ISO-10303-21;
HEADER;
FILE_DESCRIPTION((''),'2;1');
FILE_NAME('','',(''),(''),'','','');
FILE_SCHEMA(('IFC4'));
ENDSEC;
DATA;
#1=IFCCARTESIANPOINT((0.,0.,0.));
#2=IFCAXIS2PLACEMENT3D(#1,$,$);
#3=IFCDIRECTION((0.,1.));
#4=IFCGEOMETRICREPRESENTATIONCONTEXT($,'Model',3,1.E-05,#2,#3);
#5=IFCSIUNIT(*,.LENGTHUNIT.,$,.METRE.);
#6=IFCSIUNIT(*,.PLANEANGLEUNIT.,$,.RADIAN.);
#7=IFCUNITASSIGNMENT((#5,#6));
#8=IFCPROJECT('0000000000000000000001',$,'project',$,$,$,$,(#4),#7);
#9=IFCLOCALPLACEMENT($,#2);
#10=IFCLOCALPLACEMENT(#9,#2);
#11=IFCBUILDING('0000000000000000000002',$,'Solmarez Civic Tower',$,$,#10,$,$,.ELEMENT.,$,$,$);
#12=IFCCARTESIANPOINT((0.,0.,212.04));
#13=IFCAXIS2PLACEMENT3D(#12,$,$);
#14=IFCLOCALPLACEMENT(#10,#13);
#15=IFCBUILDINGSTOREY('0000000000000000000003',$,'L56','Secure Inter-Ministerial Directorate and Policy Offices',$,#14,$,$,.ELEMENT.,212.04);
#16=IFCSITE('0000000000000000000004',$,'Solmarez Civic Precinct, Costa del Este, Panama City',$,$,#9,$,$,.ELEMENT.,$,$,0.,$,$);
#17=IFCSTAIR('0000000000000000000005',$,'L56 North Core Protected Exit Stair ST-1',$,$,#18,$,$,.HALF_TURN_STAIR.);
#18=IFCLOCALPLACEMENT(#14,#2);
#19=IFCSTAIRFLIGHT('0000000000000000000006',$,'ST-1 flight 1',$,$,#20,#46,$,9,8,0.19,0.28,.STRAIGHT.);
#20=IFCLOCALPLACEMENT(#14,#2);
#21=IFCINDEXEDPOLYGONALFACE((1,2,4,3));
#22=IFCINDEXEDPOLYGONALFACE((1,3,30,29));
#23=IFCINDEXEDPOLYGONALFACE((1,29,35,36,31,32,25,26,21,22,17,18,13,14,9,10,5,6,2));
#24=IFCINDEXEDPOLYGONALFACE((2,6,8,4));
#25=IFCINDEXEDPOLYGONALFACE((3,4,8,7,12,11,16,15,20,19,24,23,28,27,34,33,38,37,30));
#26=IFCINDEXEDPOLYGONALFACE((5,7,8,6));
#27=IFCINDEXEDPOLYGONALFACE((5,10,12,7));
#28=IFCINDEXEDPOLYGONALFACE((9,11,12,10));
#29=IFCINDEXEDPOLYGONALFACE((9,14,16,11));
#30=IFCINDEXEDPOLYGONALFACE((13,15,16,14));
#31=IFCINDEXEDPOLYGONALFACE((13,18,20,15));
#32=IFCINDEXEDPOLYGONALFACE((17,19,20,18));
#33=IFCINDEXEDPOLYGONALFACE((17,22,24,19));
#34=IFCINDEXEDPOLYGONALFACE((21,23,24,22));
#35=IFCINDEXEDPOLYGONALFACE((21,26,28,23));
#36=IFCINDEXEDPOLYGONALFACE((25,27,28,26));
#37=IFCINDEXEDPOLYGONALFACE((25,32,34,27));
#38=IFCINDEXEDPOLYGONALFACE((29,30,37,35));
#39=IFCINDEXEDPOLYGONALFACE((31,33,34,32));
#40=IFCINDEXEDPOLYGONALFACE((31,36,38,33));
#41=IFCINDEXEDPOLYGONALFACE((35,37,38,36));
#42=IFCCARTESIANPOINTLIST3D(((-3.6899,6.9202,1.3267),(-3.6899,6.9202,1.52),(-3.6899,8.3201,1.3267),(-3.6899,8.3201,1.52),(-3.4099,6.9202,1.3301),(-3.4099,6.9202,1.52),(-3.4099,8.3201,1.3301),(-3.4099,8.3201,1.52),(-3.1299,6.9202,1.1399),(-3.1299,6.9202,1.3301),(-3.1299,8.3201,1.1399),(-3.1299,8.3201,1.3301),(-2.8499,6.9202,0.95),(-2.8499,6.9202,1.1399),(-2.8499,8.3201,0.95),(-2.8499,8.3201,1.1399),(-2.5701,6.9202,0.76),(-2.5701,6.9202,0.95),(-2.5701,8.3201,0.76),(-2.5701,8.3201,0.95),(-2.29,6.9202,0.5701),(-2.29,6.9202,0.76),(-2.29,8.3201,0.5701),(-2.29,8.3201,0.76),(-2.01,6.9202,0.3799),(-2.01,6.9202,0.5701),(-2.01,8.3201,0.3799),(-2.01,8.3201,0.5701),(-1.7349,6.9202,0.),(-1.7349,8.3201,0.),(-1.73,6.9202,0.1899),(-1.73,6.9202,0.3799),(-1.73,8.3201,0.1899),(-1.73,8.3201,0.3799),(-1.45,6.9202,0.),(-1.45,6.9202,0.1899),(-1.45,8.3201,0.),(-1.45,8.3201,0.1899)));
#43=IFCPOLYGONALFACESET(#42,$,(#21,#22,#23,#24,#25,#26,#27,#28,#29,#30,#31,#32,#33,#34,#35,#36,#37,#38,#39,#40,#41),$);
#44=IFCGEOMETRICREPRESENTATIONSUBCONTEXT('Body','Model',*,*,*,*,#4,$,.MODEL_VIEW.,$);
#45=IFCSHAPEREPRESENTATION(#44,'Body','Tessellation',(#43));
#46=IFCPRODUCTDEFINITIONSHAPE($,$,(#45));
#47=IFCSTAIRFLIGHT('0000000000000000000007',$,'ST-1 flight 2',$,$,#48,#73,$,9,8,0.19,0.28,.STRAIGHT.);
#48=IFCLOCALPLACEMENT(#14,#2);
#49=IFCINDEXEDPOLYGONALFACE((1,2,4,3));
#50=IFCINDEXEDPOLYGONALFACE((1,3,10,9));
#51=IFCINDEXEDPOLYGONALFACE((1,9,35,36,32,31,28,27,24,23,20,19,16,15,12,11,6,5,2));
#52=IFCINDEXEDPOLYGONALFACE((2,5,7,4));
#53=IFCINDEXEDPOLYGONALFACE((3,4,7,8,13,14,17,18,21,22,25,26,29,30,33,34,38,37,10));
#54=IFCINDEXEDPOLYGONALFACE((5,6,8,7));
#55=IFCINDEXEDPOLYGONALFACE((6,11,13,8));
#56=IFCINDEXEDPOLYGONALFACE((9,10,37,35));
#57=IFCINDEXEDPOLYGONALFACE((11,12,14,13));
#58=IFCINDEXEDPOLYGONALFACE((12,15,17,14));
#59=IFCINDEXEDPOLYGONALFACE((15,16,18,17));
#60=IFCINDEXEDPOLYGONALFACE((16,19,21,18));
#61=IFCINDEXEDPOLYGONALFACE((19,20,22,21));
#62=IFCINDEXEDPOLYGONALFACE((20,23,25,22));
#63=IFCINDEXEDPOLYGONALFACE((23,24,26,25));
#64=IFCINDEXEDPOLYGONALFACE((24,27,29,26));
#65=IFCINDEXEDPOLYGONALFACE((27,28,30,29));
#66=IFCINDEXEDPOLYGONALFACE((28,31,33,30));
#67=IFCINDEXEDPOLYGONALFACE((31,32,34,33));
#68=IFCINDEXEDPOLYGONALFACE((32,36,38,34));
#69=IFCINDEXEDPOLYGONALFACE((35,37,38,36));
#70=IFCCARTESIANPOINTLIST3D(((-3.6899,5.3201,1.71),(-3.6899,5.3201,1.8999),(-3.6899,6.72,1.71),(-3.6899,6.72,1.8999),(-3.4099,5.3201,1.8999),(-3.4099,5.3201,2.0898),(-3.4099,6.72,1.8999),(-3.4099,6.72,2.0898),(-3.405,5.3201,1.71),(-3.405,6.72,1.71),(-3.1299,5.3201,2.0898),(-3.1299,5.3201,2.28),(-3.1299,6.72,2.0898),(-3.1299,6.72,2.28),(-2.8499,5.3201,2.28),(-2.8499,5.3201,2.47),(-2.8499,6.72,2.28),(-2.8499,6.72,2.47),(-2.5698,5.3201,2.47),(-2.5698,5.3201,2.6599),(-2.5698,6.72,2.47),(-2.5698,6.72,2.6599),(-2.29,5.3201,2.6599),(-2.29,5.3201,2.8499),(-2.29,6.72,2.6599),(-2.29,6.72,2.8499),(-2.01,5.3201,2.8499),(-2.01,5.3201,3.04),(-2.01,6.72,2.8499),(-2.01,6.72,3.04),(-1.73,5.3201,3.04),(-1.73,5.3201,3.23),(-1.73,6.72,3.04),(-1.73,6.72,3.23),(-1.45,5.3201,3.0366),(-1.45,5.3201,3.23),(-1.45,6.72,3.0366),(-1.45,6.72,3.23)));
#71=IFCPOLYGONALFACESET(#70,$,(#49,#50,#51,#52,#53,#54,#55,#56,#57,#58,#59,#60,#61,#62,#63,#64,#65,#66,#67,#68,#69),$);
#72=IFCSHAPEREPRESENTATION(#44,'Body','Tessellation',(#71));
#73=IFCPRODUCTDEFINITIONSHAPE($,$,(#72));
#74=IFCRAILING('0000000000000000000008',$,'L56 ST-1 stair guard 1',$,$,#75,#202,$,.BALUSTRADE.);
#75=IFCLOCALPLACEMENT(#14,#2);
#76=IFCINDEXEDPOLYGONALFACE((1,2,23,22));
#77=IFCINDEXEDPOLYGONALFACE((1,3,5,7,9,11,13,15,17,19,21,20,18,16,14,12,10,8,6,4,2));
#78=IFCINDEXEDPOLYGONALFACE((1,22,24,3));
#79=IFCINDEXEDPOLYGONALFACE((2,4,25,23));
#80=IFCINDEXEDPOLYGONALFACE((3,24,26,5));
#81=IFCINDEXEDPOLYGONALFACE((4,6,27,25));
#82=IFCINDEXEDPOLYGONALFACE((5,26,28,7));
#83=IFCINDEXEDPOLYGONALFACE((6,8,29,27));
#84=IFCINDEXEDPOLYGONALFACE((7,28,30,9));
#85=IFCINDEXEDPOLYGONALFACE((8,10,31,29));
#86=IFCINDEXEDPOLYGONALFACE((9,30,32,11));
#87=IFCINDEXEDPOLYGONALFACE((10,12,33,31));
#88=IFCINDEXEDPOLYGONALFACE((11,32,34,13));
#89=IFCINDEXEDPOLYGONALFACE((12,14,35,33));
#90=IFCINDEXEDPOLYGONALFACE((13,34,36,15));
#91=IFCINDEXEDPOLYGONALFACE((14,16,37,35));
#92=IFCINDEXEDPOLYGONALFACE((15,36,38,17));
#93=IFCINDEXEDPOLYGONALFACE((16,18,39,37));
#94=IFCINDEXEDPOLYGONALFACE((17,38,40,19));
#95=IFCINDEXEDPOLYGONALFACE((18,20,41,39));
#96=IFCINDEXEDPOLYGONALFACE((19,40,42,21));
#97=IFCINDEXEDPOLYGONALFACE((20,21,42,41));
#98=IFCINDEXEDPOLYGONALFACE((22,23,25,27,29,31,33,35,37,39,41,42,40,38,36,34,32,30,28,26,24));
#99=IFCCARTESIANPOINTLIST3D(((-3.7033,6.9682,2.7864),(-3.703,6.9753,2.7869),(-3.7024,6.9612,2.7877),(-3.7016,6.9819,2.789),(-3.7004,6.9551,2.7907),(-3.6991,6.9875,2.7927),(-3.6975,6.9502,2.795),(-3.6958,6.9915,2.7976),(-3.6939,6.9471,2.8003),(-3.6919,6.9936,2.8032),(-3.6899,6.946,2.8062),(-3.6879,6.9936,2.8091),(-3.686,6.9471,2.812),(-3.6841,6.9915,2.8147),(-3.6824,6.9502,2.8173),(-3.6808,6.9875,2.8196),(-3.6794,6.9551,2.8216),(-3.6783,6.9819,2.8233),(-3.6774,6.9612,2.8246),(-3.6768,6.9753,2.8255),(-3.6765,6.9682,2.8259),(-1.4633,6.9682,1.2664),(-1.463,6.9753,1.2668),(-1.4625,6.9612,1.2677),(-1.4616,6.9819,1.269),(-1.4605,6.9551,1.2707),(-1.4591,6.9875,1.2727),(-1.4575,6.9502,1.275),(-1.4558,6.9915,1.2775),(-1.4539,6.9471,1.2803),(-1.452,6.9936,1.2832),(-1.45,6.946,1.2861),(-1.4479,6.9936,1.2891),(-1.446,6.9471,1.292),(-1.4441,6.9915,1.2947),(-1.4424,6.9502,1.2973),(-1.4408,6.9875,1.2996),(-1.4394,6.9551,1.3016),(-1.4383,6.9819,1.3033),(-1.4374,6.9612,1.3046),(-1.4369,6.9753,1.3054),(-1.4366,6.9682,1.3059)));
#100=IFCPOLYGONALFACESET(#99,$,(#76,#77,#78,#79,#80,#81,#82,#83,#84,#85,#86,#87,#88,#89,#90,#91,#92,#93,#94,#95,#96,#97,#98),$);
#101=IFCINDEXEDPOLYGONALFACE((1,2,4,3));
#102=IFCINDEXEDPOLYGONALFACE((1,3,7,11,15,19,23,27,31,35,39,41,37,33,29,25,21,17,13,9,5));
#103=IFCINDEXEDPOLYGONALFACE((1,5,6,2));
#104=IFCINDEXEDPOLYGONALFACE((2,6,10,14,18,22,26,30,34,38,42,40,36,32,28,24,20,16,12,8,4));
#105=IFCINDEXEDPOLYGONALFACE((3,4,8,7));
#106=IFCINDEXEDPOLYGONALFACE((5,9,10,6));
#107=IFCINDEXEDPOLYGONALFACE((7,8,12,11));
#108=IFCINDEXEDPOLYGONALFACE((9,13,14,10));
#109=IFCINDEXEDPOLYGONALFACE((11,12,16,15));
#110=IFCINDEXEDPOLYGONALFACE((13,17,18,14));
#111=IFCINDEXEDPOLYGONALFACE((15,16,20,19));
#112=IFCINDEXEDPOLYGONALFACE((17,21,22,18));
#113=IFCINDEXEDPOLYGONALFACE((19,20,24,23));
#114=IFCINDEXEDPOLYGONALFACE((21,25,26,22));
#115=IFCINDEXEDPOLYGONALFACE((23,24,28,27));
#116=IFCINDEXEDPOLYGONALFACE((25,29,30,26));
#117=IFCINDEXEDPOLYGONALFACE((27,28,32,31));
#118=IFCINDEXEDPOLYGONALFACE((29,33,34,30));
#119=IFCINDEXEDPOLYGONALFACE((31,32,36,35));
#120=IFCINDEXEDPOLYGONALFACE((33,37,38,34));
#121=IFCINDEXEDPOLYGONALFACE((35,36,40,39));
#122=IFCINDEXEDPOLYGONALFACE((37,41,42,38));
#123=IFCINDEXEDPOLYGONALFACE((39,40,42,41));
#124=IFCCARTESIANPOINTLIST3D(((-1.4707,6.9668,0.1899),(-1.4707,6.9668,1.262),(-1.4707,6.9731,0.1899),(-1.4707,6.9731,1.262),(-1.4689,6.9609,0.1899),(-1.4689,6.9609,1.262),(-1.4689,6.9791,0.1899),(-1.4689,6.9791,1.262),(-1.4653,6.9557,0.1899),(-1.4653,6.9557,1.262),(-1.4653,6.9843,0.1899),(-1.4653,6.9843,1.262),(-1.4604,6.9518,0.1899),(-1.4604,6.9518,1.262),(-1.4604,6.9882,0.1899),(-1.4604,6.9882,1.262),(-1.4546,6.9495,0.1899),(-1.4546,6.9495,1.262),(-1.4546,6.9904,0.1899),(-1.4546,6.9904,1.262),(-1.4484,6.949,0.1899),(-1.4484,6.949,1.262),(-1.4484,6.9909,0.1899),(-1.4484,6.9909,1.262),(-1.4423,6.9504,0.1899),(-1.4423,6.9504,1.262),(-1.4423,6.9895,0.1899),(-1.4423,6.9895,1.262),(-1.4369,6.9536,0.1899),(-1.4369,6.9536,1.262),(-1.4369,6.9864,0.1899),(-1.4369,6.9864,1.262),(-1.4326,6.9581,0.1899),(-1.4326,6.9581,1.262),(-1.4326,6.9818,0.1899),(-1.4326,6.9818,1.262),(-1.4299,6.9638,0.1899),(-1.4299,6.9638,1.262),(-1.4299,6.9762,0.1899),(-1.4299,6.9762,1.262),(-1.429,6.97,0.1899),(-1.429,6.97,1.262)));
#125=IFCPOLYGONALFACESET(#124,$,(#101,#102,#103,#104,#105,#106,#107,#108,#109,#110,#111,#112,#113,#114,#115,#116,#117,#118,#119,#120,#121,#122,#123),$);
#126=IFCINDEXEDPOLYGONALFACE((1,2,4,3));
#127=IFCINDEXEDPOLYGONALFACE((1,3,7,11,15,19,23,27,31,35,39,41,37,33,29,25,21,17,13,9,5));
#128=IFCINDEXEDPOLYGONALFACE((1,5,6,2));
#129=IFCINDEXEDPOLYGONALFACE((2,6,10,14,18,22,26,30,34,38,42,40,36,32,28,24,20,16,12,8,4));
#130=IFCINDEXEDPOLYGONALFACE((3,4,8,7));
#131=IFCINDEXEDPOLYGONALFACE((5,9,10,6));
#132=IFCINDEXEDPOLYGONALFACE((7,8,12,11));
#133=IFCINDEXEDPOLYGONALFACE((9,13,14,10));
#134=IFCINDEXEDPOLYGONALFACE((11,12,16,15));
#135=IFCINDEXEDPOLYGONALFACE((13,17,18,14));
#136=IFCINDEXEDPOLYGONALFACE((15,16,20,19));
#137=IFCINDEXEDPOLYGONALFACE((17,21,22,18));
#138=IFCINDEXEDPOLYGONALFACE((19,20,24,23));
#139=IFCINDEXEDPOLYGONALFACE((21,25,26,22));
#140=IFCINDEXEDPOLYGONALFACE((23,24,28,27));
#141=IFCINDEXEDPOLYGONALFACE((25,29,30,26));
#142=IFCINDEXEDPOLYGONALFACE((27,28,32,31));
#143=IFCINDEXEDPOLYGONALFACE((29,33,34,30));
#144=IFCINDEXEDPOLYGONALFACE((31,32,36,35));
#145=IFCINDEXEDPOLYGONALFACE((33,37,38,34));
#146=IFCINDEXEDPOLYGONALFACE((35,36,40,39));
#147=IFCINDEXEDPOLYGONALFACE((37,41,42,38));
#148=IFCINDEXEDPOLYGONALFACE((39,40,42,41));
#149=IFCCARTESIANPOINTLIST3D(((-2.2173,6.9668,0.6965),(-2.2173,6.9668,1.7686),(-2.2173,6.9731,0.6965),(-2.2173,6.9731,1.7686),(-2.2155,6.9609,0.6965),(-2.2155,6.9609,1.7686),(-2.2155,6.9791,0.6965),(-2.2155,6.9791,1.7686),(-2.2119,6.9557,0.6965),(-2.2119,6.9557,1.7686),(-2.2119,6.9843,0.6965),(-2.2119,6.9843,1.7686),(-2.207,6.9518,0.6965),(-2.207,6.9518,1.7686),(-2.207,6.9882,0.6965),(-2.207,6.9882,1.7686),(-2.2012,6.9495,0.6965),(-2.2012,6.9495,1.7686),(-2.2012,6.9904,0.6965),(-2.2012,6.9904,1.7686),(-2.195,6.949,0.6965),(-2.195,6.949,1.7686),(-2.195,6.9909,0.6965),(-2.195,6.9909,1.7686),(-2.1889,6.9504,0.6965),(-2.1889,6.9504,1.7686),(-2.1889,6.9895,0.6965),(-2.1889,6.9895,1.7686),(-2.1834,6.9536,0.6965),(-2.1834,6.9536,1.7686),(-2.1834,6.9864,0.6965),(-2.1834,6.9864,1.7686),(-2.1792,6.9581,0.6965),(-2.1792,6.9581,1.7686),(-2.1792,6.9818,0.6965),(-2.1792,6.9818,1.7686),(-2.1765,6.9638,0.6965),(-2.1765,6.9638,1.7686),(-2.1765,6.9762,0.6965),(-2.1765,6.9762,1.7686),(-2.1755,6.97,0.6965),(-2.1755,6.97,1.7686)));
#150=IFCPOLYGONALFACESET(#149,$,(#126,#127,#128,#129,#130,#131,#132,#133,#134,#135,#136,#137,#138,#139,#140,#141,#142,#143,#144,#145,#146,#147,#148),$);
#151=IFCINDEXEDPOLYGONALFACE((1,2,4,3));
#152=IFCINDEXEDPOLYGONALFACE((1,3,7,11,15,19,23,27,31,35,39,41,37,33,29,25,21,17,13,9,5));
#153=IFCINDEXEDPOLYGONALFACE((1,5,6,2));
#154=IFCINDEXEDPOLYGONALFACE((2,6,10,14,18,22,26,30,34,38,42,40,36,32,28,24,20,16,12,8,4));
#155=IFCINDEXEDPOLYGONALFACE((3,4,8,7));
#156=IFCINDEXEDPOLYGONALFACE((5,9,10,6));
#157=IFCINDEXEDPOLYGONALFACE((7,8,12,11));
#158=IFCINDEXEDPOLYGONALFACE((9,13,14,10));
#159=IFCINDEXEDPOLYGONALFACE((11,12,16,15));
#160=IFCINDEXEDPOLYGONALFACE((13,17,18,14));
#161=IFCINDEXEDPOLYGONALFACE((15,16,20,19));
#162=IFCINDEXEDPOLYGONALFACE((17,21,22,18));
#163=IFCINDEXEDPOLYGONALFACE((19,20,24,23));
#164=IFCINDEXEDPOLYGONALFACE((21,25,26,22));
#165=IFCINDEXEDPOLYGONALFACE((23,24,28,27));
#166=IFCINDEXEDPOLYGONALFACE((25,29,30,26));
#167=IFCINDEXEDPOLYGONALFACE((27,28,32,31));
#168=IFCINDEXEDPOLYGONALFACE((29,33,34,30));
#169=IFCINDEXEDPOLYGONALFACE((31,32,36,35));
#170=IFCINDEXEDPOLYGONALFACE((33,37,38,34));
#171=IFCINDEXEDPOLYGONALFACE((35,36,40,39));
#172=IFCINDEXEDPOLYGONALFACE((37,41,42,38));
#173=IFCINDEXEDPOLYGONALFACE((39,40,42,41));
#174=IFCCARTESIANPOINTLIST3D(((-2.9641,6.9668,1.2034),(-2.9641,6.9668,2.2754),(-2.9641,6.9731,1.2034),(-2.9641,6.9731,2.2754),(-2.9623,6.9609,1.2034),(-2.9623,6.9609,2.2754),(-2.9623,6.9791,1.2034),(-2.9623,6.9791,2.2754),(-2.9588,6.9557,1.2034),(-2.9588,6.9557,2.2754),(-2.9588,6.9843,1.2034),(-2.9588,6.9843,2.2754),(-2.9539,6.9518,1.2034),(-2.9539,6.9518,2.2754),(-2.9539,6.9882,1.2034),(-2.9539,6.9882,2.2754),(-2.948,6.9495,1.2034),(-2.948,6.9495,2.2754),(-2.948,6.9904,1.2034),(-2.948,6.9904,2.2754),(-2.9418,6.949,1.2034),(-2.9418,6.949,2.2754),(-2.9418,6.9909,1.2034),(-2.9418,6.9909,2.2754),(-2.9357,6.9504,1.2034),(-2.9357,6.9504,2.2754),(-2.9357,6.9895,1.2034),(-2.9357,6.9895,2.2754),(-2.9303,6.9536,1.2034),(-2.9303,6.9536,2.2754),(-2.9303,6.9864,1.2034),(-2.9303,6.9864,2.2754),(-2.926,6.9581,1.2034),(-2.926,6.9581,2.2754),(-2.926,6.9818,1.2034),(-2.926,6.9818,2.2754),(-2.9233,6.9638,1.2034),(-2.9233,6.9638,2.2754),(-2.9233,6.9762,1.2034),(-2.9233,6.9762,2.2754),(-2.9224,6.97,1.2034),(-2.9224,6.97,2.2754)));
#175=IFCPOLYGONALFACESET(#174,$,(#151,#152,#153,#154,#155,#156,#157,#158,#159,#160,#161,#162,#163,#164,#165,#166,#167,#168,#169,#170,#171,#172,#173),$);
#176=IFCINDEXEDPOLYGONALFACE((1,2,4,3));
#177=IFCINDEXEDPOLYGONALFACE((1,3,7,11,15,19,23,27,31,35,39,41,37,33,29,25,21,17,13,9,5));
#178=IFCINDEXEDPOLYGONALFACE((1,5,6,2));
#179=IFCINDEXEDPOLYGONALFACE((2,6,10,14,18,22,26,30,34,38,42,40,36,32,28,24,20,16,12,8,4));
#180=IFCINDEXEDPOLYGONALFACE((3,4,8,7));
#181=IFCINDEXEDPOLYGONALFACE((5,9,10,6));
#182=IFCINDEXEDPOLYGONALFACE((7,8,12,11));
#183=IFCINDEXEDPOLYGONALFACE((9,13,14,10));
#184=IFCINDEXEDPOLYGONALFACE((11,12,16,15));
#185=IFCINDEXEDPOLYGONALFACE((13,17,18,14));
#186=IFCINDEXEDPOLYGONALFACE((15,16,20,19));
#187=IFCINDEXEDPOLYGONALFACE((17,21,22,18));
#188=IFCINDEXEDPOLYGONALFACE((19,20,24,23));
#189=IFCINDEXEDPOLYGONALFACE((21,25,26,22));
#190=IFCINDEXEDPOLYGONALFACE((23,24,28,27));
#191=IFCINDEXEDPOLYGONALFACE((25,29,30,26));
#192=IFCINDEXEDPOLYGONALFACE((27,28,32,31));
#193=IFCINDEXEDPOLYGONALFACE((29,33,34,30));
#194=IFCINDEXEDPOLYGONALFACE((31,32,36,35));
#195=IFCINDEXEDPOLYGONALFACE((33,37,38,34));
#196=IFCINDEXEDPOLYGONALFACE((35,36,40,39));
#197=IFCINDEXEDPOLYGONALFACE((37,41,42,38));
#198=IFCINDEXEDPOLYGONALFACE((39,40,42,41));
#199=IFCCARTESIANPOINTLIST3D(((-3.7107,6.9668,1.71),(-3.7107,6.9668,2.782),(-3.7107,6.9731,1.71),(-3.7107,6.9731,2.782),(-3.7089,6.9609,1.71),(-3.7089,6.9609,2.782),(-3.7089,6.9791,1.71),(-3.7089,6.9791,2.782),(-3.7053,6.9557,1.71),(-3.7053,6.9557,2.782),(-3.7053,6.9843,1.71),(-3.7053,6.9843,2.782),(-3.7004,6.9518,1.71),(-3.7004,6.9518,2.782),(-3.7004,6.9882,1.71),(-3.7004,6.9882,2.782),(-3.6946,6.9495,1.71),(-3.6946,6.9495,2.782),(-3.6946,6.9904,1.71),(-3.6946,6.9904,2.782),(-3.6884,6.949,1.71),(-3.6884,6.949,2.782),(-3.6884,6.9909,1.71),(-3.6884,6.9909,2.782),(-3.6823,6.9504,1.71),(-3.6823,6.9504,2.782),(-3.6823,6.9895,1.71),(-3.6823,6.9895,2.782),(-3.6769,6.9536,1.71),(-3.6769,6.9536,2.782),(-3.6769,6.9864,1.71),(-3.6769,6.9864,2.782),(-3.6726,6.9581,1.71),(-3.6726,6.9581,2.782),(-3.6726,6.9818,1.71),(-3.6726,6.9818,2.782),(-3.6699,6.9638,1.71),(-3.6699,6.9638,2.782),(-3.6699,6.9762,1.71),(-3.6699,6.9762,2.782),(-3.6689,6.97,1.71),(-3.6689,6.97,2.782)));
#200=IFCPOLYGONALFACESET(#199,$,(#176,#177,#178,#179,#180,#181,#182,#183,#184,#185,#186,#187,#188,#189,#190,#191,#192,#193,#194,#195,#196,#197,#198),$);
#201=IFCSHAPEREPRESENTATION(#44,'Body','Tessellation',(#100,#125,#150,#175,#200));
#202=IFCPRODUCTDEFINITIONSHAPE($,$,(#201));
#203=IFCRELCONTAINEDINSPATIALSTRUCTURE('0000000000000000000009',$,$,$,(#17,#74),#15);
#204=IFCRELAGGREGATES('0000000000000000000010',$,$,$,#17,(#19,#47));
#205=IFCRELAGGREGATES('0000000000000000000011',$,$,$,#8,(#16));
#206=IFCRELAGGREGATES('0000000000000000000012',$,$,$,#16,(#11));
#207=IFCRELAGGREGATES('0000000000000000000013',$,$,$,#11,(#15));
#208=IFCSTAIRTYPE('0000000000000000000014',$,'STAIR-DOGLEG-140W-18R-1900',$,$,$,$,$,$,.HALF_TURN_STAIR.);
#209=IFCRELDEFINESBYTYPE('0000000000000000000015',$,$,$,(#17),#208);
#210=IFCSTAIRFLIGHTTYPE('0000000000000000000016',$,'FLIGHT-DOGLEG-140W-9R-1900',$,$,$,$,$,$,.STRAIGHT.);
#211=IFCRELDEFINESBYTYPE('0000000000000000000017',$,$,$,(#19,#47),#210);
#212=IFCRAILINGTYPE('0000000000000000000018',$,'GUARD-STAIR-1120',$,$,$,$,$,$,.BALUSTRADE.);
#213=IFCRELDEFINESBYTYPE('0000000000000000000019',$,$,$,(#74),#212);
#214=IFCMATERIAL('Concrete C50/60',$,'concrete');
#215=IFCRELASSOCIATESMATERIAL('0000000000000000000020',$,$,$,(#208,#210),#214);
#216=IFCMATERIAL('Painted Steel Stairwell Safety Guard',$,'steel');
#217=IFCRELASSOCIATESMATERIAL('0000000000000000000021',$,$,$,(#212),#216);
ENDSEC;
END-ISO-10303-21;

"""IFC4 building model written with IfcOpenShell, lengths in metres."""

from ifc_helpers import new_model, si_unit, direction, frame, origin, origin_2d, place, context, subcontext, project, spatial, polyline, circle, outline, extrude, material, type_object, element, aggregate, save


model = new_model("IFC4")

# Units and contexts
model_context = context("Model", 3, precision=1e-05, world=origin(), true_north=direction((0.0, 1.0)))
body_context = subcontext(model_context, "Body", "Model", "MODEL_VIEW")
ifc_project = project(units=[si_unit("LENGTHUNIT", "METRE"), si_unit("PLANEANGLEUNIT", "RADIAN")], contexts=[model_context])

# Site, building, storey
site_placement = place(None, origin())
site = spatial("IfcSite", under=ifc_project, at=site_placement, Name="Solmarez Civic Precinct, Costa del Este, Panama City", CompositionType="ELEMENT", RefElevation=0.0)
building_placement = place(site_placement, origin())
building = spatial("IfcBuilding", under=site, at=building_placement, Name="Solmarez Civic Tower", CompositionType="ELEMENT")
storey_placement = place(building_placement, frame((0.0, 0.0, 212.04)))
storey = spatial("IfcBuildingStorey", under=building, at=storey_placement, Name="L56", Description="Secure Inter-Ministerial Directorate and Policy Offices", CompositionType="ELEMENT", Elevation=212.04)

# Shared definitions
ifc_material_1 = material(Name="Concrete C50/60", Category="concrete")

# Stair, stair flights
stair_type = type_object("IfcStairType", Name="STAIR-DOGLEG-140W-18R-1900", PredefinedType="HALF_TURN_STAIR", material=ifc_material_1)
stair_placement = place(storey_placement, origin())
stair = element("IfcStair", 1, at=stair_placement, inside=storey, type_object=stair_type, Name="L56 North Core Protected Exit Stair ST-1", PredefinedType="HALF_TURN_STAIR")
stair_flight_type = type_object("IfcStairFlightType", Name="FLIGHT-DOGLEG-140W-9R-1900", PredefinedType="STRAIGHT", material=ifc_material_1)
stair_flight_1_placement = place(storey_placement, frame((-1.45, 7.6201, 0.0), z_axis=(0.0, 0.0, 1.0), x_axis=(-1.0, 0.0, 0.0)))
stair_flight_1 = element("IfcStairFlight", 2, at=stair_flight_1_placement, type_object=stair_flight_type, Name="ST-1 flight 1", NumberOfRisers=9, NumberOfTreads=8, PredefinedType="STRAIGHT", RiserHeight=0.19, TreadLength=0.28, context=body_context, shape_type="SweptSolid", body=[
    extrude(outline(polyline([(0.0, 0.0), (0.0, 0.1899), (0.28, 0.1899), (0.28, 0.3799), (0.5601, 0.3799), (0.5601, 0.5701), (0.8401, 0.5701), (0.8401, 0.76), (1.1201, 0.76), (1.1201, 0.95), (1.3999, 0.95), (1.3999, 1.1399), (1.6799, 1.1399), (1.6799, 1.3301), (1.96, 1.3301), (1.96, 1.52), (2.24, 1.52), (2.24, 1.71), (2.24, 1.3267), (0.2849, 0.0), (0.0, 0.0)])), frame((0.0, 0.7, 0.0), z_axis=(0.0, -1.0, 0.0), x_axis=(1.0, 0.0, 0.0)), (0.0, 0.0, 1.0), 1.3999),
])
stair_flight_2_placement = place(storey_placement, frame((-3.6899, 6.02, 1.71), z_axis=(0.0, 0.0, 1.0), x_axis=(1.0, 0.0, 0.0)))
stair_flight_2 = element("IfcStairFlight", 3, at=stair_flight_2_placement, type_object=stair_flight_type, Name="ST-1 flight 2", NumberOfRisers=9, NumberOfTreads=8, PredefinedType="STRAIGHT", RiserHeight=0.19, TreadLength=0.28, context=body_context, shape_type="SweptSolid", body=[
    extrude(outline(polyline([(0.0, 0.0), (0.0, 0.1899), (0.28, 0.1899), (0.28, 0.3799), (0.5601, 0.3799), (0.5601, 0.5701), (0.8401, 0.5701), (0.8401, 0.76), (1.1201, 0.76), (1.1201, 0.95), (1.3999, 0.95), (1.3999, 1.1399), (1.6799, 1.1399), (1.6799, 1.3301), (1.96, 1.3301), (1.96, 1.52), (2.24, 1.52), (2.24, 1.71), (2.24, 1.3267), (0.2849, 0.0), (0.0, 0.0)])), frame((0.0, 0.7, 0.0), z_axis=(0.0, -1.0, 0.0), x_axis=(1.0, 0.0, 0.0)), (0.0, 0.0, 1.0), 1.3999),
])
aggregate(stair, [stair_flight_1, stair_flight_2])

# Railing
ifc_material_2 = material(Name="Painted Steel Stairwell Safety Guard", Category="steel")
railing_type_1 = type_object("IfcRailingType", Name="GUARD-STAIR-1120", PredefinedType="BALUSTRADE", material=ifc_material_2)
railing_1_placement = place(storey_placement, frame((-1.45, 6.97, 0.1899)))
element("IfcRailing", 4, at=railing_1_placement, inside=storey, type_object=railing_type_1, Name="L56 ST-1 stair guard 1", PredefinedType="BALUSTRADE", context=body_context, shape_type="SweptSolid", body=[
    extrude(circle(Radius=0.0239, at=origin_2d()), frame((0.0, 0.0, 1.0962), z_axis=(-0.827471, 0.0, 0.561508), x_axis=(0.0, -1.0, 0.0)), (0.0, 0.0, 1.0), 2.707),
    extrude(circle(Radius=0.021, at=origin_2d()), origin(), (0.0, 0.0, 1.0), 1.072),
    extrude(circle(Radius=0.021, at=origin_2d()), frame((-0.7466, 0.0, 0.5066)), (0.0, 0.0, 1.0), 1.072),
    extrude(circle(Radius=0.021, at=origin_2d()), frame((-1.4934, 0.0, 1.0134)), (0.0, 0.0, 1.0), 1.072),
    extrude(circle(Radius=0.021, at=origin_2d()), frame((-2.24, 0.0, 1.52)), (0.0, 0.0, 1.0), 1.072),
])

save(model, "model.ifc")
